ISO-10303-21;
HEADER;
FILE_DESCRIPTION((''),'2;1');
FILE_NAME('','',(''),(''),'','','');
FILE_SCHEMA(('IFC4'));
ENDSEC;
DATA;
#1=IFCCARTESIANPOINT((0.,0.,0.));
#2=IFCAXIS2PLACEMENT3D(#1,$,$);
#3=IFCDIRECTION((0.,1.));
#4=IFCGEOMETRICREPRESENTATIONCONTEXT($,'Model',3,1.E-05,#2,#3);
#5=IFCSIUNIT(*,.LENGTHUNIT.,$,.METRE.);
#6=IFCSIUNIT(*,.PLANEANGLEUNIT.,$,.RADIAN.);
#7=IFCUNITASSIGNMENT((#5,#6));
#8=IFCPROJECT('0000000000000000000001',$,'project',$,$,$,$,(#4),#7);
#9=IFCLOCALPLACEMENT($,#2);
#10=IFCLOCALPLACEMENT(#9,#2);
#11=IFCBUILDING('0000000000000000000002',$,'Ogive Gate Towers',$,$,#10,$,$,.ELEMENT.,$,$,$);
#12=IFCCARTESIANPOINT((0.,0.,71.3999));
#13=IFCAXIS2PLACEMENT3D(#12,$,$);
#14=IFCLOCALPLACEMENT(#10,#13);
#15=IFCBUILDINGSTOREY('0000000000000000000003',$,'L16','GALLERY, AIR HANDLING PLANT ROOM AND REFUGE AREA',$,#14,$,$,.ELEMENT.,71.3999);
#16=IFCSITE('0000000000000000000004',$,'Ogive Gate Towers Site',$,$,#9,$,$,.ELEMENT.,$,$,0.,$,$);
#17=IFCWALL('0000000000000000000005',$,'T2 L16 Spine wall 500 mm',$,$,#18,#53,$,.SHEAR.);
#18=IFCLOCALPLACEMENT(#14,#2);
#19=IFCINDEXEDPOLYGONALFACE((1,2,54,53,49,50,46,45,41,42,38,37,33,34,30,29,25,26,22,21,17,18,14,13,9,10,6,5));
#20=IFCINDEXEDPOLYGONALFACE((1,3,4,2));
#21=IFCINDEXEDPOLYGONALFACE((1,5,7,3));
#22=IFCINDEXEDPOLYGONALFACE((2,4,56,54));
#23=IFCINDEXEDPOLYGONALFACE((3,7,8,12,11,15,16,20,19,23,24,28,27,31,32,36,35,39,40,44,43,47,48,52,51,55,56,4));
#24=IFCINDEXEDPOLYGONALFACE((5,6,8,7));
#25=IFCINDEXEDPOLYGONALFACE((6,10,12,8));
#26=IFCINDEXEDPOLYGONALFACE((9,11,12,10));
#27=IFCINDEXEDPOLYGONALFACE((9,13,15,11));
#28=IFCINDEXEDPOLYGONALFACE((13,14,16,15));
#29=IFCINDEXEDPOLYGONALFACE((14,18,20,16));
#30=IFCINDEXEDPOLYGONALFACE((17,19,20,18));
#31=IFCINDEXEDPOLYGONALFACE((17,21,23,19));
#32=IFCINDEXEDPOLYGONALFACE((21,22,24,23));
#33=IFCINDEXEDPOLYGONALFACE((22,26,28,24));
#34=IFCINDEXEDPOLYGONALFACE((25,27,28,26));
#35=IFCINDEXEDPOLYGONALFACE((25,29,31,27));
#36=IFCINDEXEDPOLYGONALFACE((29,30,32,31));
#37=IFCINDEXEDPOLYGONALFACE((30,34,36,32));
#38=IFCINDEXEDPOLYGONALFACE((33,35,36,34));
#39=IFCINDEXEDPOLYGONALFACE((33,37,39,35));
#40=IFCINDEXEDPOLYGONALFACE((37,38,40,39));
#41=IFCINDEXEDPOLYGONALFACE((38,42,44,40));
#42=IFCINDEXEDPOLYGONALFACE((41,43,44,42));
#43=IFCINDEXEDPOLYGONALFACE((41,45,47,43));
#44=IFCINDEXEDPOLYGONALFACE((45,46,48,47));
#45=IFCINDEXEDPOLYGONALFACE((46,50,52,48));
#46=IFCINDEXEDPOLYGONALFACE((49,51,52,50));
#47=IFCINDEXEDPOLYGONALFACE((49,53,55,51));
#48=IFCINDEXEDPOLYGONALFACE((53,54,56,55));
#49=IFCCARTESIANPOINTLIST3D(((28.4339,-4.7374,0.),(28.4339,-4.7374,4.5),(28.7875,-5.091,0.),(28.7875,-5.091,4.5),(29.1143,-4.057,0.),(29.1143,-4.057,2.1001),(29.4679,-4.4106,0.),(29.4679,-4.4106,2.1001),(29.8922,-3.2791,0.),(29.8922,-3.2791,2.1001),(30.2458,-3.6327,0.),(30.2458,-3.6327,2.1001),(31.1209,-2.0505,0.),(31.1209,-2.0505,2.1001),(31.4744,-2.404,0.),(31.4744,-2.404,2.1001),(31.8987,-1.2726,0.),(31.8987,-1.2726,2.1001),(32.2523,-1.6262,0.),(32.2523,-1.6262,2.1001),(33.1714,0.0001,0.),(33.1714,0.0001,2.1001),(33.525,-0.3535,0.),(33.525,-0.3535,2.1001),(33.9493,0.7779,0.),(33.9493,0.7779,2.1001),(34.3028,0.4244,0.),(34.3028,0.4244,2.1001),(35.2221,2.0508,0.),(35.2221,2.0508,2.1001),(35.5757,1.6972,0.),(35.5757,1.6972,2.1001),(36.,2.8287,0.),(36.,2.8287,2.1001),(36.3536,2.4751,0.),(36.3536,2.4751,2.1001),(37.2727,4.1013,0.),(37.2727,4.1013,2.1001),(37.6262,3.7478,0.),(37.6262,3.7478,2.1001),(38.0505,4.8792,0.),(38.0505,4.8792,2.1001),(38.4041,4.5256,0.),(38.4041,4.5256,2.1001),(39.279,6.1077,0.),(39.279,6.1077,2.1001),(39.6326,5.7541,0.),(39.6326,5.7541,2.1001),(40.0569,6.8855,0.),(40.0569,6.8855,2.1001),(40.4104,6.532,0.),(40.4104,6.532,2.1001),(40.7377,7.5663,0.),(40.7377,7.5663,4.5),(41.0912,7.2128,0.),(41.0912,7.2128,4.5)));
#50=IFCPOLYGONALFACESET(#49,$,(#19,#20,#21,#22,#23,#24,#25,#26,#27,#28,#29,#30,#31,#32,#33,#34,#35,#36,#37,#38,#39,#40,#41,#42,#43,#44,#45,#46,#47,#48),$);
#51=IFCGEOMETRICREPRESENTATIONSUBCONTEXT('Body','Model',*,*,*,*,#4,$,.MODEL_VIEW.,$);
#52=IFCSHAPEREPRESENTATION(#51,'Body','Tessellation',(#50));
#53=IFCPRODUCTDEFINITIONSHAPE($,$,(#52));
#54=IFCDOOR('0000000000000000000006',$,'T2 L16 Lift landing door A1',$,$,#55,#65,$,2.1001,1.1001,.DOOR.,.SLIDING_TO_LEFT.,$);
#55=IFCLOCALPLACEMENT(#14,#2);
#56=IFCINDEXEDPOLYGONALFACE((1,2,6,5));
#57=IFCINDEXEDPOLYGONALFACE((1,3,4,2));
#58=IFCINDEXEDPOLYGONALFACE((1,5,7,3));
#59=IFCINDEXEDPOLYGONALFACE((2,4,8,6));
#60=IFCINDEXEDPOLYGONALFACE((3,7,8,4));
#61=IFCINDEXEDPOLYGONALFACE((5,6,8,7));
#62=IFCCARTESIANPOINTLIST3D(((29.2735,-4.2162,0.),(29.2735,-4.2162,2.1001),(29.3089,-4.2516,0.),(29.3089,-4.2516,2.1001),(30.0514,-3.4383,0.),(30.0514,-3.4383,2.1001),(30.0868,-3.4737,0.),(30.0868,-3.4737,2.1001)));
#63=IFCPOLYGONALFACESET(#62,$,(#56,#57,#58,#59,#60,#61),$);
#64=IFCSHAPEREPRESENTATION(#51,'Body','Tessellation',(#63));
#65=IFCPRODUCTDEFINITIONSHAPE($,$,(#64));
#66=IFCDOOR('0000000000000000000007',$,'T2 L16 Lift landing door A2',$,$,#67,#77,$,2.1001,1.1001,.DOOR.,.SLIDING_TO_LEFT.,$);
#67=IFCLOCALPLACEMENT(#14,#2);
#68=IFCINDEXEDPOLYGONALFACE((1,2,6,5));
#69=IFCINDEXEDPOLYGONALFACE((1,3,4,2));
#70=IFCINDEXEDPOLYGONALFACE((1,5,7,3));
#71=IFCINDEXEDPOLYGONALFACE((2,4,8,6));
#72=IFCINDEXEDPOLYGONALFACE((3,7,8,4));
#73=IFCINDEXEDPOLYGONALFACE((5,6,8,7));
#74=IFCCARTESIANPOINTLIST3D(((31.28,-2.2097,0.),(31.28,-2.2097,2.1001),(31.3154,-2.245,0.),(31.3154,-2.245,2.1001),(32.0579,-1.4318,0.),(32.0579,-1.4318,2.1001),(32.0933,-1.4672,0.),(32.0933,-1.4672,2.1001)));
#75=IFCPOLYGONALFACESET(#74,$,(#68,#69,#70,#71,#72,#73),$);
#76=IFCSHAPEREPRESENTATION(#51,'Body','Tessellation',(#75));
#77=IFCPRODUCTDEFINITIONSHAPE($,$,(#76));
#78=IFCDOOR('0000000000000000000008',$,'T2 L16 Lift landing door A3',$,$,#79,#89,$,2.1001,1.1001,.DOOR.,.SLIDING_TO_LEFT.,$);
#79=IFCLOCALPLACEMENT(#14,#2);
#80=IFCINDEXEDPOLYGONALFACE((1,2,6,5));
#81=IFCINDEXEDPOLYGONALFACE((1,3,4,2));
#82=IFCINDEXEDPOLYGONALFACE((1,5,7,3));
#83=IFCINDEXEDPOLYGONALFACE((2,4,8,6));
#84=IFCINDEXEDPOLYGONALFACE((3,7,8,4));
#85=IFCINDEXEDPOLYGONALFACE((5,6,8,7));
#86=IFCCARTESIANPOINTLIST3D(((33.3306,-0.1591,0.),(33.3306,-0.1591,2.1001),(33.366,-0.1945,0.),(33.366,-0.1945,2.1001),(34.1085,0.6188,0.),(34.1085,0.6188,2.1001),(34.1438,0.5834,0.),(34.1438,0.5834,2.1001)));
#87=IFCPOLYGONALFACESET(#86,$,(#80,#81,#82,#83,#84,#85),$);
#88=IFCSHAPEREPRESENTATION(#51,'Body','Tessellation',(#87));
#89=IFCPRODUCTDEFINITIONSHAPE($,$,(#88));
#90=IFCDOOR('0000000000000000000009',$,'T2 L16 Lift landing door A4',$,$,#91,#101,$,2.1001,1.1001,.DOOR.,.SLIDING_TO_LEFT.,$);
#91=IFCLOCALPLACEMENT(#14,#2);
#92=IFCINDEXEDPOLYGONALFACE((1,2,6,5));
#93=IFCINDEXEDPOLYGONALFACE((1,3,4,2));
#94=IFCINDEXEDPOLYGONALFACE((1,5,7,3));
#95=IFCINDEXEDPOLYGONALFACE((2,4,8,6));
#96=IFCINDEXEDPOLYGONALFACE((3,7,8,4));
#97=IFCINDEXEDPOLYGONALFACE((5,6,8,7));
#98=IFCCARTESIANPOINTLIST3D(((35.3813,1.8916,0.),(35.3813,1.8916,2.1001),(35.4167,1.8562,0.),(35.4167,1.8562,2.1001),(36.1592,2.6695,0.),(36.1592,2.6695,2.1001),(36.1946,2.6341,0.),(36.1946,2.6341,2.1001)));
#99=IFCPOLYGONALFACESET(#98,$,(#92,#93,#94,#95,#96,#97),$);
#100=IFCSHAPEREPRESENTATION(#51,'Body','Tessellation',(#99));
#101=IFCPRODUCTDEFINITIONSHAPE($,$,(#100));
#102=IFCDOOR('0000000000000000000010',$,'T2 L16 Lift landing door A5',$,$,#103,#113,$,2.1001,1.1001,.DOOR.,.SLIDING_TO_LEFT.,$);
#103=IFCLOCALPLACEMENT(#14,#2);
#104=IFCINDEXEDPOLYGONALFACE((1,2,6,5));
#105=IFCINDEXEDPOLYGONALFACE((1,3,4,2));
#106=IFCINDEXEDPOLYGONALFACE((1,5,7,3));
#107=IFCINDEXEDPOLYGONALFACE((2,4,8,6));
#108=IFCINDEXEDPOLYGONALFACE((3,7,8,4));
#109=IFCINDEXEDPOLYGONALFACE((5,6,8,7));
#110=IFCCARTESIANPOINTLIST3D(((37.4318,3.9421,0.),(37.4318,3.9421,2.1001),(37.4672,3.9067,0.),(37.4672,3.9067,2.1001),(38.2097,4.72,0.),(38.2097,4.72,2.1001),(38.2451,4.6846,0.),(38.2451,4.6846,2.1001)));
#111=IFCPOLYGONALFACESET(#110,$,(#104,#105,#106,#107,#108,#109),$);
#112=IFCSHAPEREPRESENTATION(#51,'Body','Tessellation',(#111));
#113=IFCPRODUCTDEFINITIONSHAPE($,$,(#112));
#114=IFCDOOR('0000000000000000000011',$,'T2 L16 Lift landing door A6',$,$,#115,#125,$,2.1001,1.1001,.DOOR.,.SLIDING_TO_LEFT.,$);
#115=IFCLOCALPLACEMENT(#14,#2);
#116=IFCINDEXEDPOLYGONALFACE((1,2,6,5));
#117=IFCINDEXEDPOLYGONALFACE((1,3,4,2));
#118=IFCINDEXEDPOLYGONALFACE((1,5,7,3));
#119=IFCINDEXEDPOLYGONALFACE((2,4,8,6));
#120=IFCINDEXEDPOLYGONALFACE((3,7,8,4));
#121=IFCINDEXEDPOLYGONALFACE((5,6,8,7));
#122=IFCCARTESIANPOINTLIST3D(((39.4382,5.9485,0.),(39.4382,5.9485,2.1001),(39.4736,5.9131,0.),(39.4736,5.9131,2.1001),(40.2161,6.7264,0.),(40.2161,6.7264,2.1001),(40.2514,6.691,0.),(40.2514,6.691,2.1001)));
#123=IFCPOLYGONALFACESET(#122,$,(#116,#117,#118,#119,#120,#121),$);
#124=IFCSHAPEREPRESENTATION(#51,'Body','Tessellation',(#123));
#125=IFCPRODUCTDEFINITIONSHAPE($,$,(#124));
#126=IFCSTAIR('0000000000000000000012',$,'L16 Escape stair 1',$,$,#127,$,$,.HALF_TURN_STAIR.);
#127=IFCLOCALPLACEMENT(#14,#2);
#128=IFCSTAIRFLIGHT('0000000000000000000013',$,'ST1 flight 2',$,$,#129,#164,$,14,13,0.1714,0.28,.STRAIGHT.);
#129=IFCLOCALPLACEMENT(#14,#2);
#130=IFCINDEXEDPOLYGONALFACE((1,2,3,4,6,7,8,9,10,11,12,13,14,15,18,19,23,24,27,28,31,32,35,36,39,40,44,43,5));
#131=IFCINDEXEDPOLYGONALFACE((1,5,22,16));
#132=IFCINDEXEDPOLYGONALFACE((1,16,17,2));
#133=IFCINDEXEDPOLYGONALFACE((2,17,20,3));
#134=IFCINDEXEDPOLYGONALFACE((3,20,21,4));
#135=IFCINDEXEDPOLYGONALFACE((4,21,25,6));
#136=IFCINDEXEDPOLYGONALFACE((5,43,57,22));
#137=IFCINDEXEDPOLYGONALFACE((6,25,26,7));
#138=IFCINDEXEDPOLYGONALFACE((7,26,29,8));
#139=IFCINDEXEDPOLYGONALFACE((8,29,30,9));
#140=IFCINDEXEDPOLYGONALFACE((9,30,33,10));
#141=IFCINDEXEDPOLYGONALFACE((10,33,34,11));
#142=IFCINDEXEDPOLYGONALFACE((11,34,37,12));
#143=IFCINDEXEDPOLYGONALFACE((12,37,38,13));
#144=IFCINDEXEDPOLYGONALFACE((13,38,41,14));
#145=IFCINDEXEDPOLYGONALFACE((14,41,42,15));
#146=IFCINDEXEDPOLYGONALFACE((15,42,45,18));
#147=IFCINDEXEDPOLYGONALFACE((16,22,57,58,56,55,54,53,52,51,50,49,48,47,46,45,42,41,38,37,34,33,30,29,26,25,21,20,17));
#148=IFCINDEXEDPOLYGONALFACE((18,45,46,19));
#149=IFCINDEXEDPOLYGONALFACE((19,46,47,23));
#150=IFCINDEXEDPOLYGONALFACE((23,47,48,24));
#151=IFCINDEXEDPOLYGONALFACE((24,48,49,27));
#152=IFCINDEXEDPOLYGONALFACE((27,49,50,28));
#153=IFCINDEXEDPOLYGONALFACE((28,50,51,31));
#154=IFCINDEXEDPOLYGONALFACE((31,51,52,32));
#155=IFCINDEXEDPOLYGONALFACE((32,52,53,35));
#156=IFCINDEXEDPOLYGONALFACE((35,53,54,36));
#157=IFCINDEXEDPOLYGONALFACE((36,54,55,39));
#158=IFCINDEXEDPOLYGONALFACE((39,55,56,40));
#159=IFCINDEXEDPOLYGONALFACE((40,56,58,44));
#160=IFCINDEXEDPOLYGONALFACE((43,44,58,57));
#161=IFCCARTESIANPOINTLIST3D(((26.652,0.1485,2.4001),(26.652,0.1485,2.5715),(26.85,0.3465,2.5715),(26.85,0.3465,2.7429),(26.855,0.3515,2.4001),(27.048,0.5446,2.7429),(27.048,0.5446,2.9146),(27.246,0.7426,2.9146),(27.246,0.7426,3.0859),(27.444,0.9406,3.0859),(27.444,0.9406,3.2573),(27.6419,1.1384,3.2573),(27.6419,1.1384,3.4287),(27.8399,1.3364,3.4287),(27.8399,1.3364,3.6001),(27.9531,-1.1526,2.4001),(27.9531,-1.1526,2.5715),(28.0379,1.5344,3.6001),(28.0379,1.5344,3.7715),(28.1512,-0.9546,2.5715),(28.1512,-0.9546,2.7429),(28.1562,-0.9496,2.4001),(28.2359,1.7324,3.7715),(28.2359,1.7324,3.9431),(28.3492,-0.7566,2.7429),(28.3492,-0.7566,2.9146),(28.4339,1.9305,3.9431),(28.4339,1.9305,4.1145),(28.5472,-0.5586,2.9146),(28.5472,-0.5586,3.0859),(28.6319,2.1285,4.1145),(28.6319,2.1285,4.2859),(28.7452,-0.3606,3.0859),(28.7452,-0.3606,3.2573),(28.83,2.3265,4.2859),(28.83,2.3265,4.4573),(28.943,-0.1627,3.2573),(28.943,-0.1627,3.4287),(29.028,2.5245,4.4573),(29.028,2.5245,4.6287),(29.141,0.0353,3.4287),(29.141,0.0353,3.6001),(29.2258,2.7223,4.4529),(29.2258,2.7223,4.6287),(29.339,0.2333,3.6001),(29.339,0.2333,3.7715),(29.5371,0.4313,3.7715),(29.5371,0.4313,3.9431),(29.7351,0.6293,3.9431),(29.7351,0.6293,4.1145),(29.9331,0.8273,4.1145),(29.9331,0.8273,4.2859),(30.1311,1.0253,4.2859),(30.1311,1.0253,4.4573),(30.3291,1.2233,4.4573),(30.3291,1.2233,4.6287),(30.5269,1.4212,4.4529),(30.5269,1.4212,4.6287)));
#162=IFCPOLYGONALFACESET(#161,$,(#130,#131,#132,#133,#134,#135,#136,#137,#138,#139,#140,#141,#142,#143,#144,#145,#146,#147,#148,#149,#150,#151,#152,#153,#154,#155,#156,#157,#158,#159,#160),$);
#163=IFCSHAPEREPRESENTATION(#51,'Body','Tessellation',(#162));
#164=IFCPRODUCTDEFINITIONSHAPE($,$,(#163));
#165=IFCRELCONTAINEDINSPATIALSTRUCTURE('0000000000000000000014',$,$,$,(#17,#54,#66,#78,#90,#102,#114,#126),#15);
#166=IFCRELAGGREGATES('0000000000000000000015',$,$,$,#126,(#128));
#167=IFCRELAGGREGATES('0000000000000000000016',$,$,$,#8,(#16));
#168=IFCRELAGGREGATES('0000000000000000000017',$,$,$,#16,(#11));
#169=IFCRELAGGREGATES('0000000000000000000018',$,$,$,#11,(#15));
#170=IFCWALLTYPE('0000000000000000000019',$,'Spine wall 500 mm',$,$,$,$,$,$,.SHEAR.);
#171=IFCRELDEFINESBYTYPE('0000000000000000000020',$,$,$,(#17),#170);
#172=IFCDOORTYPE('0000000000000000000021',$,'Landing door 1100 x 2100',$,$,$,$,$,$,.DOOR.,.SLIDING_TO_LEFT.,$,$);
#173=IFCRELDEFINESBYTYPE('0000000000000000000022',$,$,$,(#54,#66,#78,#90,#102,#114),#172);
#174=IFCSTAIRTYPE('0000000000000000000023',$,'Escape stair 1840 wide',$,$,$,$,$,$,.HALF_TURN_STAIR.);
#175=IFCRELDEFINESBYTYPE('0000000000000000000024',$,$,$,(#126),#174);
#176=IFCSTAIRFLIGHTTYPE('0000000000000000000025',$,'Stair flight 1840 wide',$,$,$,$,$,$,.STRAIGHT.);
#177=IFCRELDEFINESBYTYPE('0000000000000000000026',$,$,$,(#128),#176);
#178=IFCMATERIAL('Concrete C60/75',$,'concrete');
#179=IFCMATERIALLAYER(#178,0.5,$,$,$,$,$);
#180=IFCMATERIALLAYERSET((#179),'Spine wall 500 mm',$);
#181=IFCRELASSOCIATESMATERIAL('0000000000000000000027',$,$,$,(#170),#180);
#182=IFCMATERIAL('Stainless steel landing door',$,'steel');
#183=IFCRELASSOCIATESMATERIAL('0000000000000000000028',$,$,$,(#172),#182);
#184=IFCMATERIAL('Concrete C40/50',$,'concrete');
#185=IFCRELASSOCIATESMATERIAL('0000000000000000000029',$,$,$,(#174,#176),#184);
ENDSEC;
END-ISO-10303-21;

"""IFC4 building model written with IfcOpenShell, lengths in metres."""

from ifc_helpers import new_model, si_unit, direction, frame, frame_2d, origin, place, context, subcontext, project, spatial, polyline, rectangle, outline, extrude, material, layer, layer_set, type_object, element, fill, aggregate, save


model = new_model("IFC4")

# Units and contexts
model_context = context("Model", 3, precision=1e-05, world=origin(), true_north=direction((0.0, 1.0)))
body_context = subcontext(model_context, "Body", "Model", "MODEL_VIEW")
ifc_project = project(units=[si_unit("LENGTHUNIT", "METRE"), si_unit("PLANEANGLEUNIT", "RADIAN")], contexts=[model_context])

# Site, building, storey
site_placement = place(None, origin())
site = spatial("IfcSite", under=ifc_project, at=site_placement, Name="Ogive Gate Towers Site", CompositionType="ELEMENT", RefElevation=0.0)
building_placement = place(site_placement, origin())
building = spatial("IfcBuilding", under=site, at=building_placement, Name="Ogive Gate Towers", CompositionType="ELEMENT")
storey_placement = place(building_placement, frame((0.0, 0.0, 71.3999)))
storey = spatial("IfcBuildingStorey", under=building, at=storey_placement, Name="L16", Description="GALLERY, AIR HANDLING PLANT ROOM AND REFUGE AREA", CompositionType="ELEMENT", Elevation=71.3999)

# Shared definitions
ifc_material_1 = material(Name="Concrete C60/75", Category="concrete")

# Wall, openings, doors
ifc_layer_1 = layer(ifc_material_1, 0.5)
ifc_layer_set_1 = layer_set([ifc_layer_1], Name="Spine wall 500 mm")
wall_type_1 = type_object("IfcWallType", Name="Spine wall 500 mm", PredefinedType="SHEAR", material=ifc_layer_set_1)
ifc_material_2 = material(Name="Stainless steel landing door", Category="steel")
wall_1_placement = place(storey_placement, frame((28.6106, -4.9143, 0.0), z_axis=(0.0, 0.0, 1.0), x_axis=(0.707107, 0.707107, 0.0)))
wall_1 = element("IfcWall", 1, at=wall_1_placement, inside=storey, type_object=wall_type_1, Name="T2 L16 Spine wall 500 mm", PredefinedType="SHEAR", context=body_context, shape_type="SweptSolid", body=[
    extrude(rectangle(XDim=17.4001, YDim=0.5, at=frame_2d((8.7002, 0.0))), origin(), (0.0, 0.0, 1.0), 4.5),
])
opening_1_placement = place(wall_1_placement, frame((0.9624, 0.0, 0.0)))
opening_1 = element("IfcOpeningElement", 2, at=opening_1_placement, cuts=wall_1, PredefinedType="OPENING", context=body_context, shape_type="SweptSolid", body=[
    extrude(rectangle(XDim=1.1001, YDim=2.1001, at=frame_2d((0.55, 1.05))), frame((0.0, 0.26, 0.0), z_axis=(0.0, -1.0, 0.0), x_axis=(1.0, 0.0, 0.0)), (0.0, 0.0, 1.0), 0.52),
])
opening_2_placement = place(wall_1_placement, frame((3.8, 0.0, 0.0)))
opening_2 = element("IfcOpeningElement", 3, at=opening_2_placement, cuts=wall_1, PredefinedType="OPENING", context=body_context, shape_type="SweptSolid", body=[
    extrude(rectangle(XDim=1.1001, YDim=2.1001, at=frame_2d((0.55, 1.05))), frame((0.0, 0.26, 0.0), z_axis=(0.0, -1.0, 0.0), x_axis=(1.0, 0.0, 0.0)), (0.0, 0.0, 1.0), 0.52),
])
opening_3_placement = place(wall_1_placement, frame((6.7, 0.0, 0.0)))
opening_3 = element("IfcOpeningElement", 4, at=opening_3_placement, cuts=wall_1, PredefinedType="OPENING", context=body_context, shape_type="SweptSolid", body=[
    extrude(rectangle(XDim=1.1001, YDim=2.1001, at=frame_2d((0.55, 1.05))), frame((0.0, 0.26, 0.0), z_axis=(0.0, -1.0, 0.0), x_axis=(1.0, 0.0, 0.0)), (0.0, 0.0, 1.0), 0.52),
])
opening_4_placement = place(wall_1_placement, frame((9.6001, 0.0, 0.0)))
opening_4 = element("IfcOpeningElement", 5, at=opening_4_placement, cuts=wall_1, PredefinedType="OPENING", context=body_context, shape_type="SweptSolid", body=[
    extrude(rectangle(XDim=1.1001, YDim=2.1001, at=frame_2d((0.55, 1.05))), frame((0.0, 0.26, 0.0), z_axis=(0.0, -1.0, 0.0), x_axis=(1.0, 0.0, 0.0)), (0.0, 0.0, 1.0), 0.52),
])
opening_5_placement = place(wall_1_placement, frame((12.5, 0.0, 0.0)))
opening_5 = element("IfcOpeningElement", 6, at=opening_5_placement, cuts=wall_1, PredefinedType="OPENING", context=body_context, shape_type="SweptSolid", body=[
    extrude(rectangle(XDim=1.1001, YDim=2.1001, at=frame_2d((0.55, 1.05))), frame((0.0, 0.26, 0.0), z_axis=(0.0, -1.0, 0.0), x_axis=(1.0, 0.0, 0.0)), (0.0, 0.0, 1.0), 0.52),
])
opening_6_placement = place(wall_1_placement, frame((15.3374, 0.0, 0.0)))
opening_6 = element("IfcOpeningElement", 7, at=opening_6_placement, cuts=wall_1, PredefinedType="OPENING", context=body_context, shape_type="SweptSolid", body=[
    extrude(rectangle(XDim=1.1001, YDim=2.1001, at=frame_2d((0.55, 1.05))), frame((0.0, 0.26, 0.0), z_axis=(0.0, -1.0, 0.0), x_axis=(1.0, 0.0, 0.0)), (0.0, 0.0, 1.0), 0.52),
])
door_type_1 = type_object("IfcDoorType", Name="Landing door 1100 x 2100", OperationType="SLIDING_TO_LEFT", PredefinedType="DOOR", material=ifc_material_2)
door_1_placement = place(opening_1_placement, origin())
door_1 = element("IfcDoor", 8, at=door_1_placement, inside=storey, type_object=door_type_1, Name="T2 L16 Lift landing door A1", OperationType="SLIDING_TO_LEFT", OverallHeight=2.1001, OverallWidth=1.1001, PredefinedType="DOOR", context=body_context, shape_type="SweptSolid", body=[
    extrude(rectangle(XDim=1.1001, YDim=2.1001, at=frame_2d((0.55, 1.05))), frame((0.0, 0.0249, 0.0), z_axis=(0.0, -1.0, 0.0), x_axis=(1.0, 0.0, 0.0)), (0.0, 0.0, 1.0), 0.05),
])
fill(opening_1, door_1)
door_2_placement = place(opening_2_placement, origin())
door_2 = element("IfcDoor", 9, at=door_2_placement, inside=storey, type_object=door_type_1, Name="T2 L16 Lift landing door A2", OperationType="SLIDING_TO_LEFT", OverallHeight=2.1001, OverallWidth=1.1001, PredefinedType="DOOR", context=body_context, shape_type="SweptSolid", body=[
    extrude(rectangle(XDim=1.1001, YDim=2.1001, at=frame_2d((0.55, 1.05))), frame((0.0, 0.0249, 0.0), z_axis=(0.0, -1.0, 0.0), x_axis=(1.0, 0.0, 0.0)), (0.0, 0.0, 1.0), 0.05),
])
fill(opening_2, door_2)
door_3_placement = place(opening_3_placement, origin())
door_3 = element("IfcDoor", 10, at=door_3_placement, inside=storey, type_object=door_type_1, Name="T2 L16 Lift landing door A3", OperationType="SLIDING_TO_LEFT", OverallHeight=2.1001, OverallWidth=1.1001, PredefinedType="DOOR", context=body_context, shape_type="SweptSolid", body=[
    extrude(rectangle(XDim=1.1001, YDim=2.1001, at=frame_2d((0.55, 1.05))), frame((0.0, 0.0249, 0.0), z_axis=(0.0, -1.0, 0.0), x_axis=(1.0, 0.0, 0.0)), (0.0, 0.0, 1.0), 0.05),
])
fill(opening_3, door_3)
door_4_placement = place(opening_4_placement, origin())
door_4 = element("IfcDoor", 11, at=door_4_placement, inside=storey, type_object=door_type_1, Name="T2 L16 Lift landing door A4", OperationType="SLIDING_TO_LEFT", OverallHeight=2.1001, OverallWidth=1.1001, PredefinedType="DOOR", context=body_context, shape_type="SweptSolid", body=[
    extrude(rectangle(XDim=1.1001, YDim=2.1001, at=frame_2d((0.55, 1.05))), frame((0.0, 0.0249, 0.0), z_axis=(0.0, -1.0, 0.0), x_axis=(1.0, 0.0, 0.0)), (0.0, 0.0, 1.0), 0.05),
])
fill(opening_4, door_4)
door_5_placement = place(opening_5_placement, origin())
door_5 = element("IfcDoor", 12, at=door_5_placement, inside=storey, type_object=door_type_1, Name="T2 L16 Lift landing door A5", OperationType="SLIDING_TO_LEFT", OverallHeight=2.1001, OverallWidth=1.1001, PredefinedType="DOOR", context=body_context, shape_type="SweptSolid", body=[
    extrude(rectangle(XDim=1.1001, YDim=2.1001, at=frame_2d((0.55, 1.05))), frame((0.0, 0.0249, 0.0), z_axis=(0.0, -1.0, 0.0), x_axis=(1.0, 0.0, 0.0)), (0.0, 0.0, 1.0), 0.05),
])
fill(opening_5, door_5)
door_6_placement = place(opening_6_placement, origin())
door_6 = element("IfcDoor", 13, at=door_6_placement, inside=storey, type_object=door_type_1, Name="T2 L16 Lift landing door A6", OperationType="SLIDING_TO_LEFT", OverallHeight=2.1001, OverallWidth=1.1001, PredefinedType="DOOR", context=body_context, shape_type="SweptSolid", body=[
    extrude(rectangle(XDim=1.1001, YDim=2.1001, at=frame_2d((0.55, 1.05))), frame((0.0, 0.0249, 0.0), z_axis=(0.0, -1.0, 0.0), x_axis=(1.0, 0.0, 0.0)), (0.0, 0.0, 1.0), 0.05),
])
fill(opening_6, door_6)

# Stair, stair flight
ifc_material_3 = material(Name="Concrete C40/50", Category="concrete")
stair_type = type_object("IfcStairType", Name="Escape stair 1840 wide", PredefinedType="HALF_TURN_STAIR", material=ifc_material_3)
stair_placement = place(storey_placement, origin())
stair = element("IfcStair", 14, at=stair_placement, inside=storey, type_object=stair_type, Name="L16 Escape stair 1", PredefinedType="HALF_TURN_STAIR")
stair_flight_type = type_object("IfcStairFlightType", Name="Stair flight 1840 wide", PredefinedType="STRAIGHT", material=ifc_material_3)
stair_flight_placement = place(storey_placement, frame((27.3025, -0.502, 2.4001), z_axis=(0.0, 0.0, 1.0), x_axis=(0.707107, 0.707107, 0.0)))
stair_flight = element("IfcStairFlight", 15, at=stair_flight_placement, type_object=stair_flight_type, Name="ST1 flight 2", NumberOfRisers=14, NumberOfTreads=13, PredefinedType="STRAIGHT", RiserHeight=0.1714, TreadLength=0.28, context=body_context, shape_type="SweptSolid", body=[
    extrude(outline(polyline([(0.0, 0.0), (0.0, 0.1714), (0.28, 0.1714), (0.28, 0.3428), (0.5601, 0.3428), (0.5601, 0.5144), (0.8401, 0.5144), (0.8401, 0.6858), (1.1201, 0.6858), (1.1201, 0.8572), (1.3999, 0.8572), (1.3999, 1.0286), (1.6799, 1.0286), (1.6799, 1.2), (1.96, 1.2), (1.96, 1.3713), (2.24, 1.3713), (2.24, 1.543), (2.52, 1.543), (2.52, 1.7144), (2.8, 1.7144), (2.8, 1.8857), (3.0801, 1.8857), (3.0801, 2.0571), (3.3601, 2.0571), (3.3601, 2.2285), (3.6399, 2.2285), (3.6399, 2.3999), (3.6399, 2.0527), (0.2871, 0.0), (0.0, 0.0)])), frame((0.0, 0.9199, 0.0), z_axis=(0.0, -1.0, 0.0), x_axis=(1.0, 0.0, 0.0)), (0.0, 0.0, 1.0), 1.8401),
])
aggregate(stair, [stair_flight])

save(model, "model.ifc")
